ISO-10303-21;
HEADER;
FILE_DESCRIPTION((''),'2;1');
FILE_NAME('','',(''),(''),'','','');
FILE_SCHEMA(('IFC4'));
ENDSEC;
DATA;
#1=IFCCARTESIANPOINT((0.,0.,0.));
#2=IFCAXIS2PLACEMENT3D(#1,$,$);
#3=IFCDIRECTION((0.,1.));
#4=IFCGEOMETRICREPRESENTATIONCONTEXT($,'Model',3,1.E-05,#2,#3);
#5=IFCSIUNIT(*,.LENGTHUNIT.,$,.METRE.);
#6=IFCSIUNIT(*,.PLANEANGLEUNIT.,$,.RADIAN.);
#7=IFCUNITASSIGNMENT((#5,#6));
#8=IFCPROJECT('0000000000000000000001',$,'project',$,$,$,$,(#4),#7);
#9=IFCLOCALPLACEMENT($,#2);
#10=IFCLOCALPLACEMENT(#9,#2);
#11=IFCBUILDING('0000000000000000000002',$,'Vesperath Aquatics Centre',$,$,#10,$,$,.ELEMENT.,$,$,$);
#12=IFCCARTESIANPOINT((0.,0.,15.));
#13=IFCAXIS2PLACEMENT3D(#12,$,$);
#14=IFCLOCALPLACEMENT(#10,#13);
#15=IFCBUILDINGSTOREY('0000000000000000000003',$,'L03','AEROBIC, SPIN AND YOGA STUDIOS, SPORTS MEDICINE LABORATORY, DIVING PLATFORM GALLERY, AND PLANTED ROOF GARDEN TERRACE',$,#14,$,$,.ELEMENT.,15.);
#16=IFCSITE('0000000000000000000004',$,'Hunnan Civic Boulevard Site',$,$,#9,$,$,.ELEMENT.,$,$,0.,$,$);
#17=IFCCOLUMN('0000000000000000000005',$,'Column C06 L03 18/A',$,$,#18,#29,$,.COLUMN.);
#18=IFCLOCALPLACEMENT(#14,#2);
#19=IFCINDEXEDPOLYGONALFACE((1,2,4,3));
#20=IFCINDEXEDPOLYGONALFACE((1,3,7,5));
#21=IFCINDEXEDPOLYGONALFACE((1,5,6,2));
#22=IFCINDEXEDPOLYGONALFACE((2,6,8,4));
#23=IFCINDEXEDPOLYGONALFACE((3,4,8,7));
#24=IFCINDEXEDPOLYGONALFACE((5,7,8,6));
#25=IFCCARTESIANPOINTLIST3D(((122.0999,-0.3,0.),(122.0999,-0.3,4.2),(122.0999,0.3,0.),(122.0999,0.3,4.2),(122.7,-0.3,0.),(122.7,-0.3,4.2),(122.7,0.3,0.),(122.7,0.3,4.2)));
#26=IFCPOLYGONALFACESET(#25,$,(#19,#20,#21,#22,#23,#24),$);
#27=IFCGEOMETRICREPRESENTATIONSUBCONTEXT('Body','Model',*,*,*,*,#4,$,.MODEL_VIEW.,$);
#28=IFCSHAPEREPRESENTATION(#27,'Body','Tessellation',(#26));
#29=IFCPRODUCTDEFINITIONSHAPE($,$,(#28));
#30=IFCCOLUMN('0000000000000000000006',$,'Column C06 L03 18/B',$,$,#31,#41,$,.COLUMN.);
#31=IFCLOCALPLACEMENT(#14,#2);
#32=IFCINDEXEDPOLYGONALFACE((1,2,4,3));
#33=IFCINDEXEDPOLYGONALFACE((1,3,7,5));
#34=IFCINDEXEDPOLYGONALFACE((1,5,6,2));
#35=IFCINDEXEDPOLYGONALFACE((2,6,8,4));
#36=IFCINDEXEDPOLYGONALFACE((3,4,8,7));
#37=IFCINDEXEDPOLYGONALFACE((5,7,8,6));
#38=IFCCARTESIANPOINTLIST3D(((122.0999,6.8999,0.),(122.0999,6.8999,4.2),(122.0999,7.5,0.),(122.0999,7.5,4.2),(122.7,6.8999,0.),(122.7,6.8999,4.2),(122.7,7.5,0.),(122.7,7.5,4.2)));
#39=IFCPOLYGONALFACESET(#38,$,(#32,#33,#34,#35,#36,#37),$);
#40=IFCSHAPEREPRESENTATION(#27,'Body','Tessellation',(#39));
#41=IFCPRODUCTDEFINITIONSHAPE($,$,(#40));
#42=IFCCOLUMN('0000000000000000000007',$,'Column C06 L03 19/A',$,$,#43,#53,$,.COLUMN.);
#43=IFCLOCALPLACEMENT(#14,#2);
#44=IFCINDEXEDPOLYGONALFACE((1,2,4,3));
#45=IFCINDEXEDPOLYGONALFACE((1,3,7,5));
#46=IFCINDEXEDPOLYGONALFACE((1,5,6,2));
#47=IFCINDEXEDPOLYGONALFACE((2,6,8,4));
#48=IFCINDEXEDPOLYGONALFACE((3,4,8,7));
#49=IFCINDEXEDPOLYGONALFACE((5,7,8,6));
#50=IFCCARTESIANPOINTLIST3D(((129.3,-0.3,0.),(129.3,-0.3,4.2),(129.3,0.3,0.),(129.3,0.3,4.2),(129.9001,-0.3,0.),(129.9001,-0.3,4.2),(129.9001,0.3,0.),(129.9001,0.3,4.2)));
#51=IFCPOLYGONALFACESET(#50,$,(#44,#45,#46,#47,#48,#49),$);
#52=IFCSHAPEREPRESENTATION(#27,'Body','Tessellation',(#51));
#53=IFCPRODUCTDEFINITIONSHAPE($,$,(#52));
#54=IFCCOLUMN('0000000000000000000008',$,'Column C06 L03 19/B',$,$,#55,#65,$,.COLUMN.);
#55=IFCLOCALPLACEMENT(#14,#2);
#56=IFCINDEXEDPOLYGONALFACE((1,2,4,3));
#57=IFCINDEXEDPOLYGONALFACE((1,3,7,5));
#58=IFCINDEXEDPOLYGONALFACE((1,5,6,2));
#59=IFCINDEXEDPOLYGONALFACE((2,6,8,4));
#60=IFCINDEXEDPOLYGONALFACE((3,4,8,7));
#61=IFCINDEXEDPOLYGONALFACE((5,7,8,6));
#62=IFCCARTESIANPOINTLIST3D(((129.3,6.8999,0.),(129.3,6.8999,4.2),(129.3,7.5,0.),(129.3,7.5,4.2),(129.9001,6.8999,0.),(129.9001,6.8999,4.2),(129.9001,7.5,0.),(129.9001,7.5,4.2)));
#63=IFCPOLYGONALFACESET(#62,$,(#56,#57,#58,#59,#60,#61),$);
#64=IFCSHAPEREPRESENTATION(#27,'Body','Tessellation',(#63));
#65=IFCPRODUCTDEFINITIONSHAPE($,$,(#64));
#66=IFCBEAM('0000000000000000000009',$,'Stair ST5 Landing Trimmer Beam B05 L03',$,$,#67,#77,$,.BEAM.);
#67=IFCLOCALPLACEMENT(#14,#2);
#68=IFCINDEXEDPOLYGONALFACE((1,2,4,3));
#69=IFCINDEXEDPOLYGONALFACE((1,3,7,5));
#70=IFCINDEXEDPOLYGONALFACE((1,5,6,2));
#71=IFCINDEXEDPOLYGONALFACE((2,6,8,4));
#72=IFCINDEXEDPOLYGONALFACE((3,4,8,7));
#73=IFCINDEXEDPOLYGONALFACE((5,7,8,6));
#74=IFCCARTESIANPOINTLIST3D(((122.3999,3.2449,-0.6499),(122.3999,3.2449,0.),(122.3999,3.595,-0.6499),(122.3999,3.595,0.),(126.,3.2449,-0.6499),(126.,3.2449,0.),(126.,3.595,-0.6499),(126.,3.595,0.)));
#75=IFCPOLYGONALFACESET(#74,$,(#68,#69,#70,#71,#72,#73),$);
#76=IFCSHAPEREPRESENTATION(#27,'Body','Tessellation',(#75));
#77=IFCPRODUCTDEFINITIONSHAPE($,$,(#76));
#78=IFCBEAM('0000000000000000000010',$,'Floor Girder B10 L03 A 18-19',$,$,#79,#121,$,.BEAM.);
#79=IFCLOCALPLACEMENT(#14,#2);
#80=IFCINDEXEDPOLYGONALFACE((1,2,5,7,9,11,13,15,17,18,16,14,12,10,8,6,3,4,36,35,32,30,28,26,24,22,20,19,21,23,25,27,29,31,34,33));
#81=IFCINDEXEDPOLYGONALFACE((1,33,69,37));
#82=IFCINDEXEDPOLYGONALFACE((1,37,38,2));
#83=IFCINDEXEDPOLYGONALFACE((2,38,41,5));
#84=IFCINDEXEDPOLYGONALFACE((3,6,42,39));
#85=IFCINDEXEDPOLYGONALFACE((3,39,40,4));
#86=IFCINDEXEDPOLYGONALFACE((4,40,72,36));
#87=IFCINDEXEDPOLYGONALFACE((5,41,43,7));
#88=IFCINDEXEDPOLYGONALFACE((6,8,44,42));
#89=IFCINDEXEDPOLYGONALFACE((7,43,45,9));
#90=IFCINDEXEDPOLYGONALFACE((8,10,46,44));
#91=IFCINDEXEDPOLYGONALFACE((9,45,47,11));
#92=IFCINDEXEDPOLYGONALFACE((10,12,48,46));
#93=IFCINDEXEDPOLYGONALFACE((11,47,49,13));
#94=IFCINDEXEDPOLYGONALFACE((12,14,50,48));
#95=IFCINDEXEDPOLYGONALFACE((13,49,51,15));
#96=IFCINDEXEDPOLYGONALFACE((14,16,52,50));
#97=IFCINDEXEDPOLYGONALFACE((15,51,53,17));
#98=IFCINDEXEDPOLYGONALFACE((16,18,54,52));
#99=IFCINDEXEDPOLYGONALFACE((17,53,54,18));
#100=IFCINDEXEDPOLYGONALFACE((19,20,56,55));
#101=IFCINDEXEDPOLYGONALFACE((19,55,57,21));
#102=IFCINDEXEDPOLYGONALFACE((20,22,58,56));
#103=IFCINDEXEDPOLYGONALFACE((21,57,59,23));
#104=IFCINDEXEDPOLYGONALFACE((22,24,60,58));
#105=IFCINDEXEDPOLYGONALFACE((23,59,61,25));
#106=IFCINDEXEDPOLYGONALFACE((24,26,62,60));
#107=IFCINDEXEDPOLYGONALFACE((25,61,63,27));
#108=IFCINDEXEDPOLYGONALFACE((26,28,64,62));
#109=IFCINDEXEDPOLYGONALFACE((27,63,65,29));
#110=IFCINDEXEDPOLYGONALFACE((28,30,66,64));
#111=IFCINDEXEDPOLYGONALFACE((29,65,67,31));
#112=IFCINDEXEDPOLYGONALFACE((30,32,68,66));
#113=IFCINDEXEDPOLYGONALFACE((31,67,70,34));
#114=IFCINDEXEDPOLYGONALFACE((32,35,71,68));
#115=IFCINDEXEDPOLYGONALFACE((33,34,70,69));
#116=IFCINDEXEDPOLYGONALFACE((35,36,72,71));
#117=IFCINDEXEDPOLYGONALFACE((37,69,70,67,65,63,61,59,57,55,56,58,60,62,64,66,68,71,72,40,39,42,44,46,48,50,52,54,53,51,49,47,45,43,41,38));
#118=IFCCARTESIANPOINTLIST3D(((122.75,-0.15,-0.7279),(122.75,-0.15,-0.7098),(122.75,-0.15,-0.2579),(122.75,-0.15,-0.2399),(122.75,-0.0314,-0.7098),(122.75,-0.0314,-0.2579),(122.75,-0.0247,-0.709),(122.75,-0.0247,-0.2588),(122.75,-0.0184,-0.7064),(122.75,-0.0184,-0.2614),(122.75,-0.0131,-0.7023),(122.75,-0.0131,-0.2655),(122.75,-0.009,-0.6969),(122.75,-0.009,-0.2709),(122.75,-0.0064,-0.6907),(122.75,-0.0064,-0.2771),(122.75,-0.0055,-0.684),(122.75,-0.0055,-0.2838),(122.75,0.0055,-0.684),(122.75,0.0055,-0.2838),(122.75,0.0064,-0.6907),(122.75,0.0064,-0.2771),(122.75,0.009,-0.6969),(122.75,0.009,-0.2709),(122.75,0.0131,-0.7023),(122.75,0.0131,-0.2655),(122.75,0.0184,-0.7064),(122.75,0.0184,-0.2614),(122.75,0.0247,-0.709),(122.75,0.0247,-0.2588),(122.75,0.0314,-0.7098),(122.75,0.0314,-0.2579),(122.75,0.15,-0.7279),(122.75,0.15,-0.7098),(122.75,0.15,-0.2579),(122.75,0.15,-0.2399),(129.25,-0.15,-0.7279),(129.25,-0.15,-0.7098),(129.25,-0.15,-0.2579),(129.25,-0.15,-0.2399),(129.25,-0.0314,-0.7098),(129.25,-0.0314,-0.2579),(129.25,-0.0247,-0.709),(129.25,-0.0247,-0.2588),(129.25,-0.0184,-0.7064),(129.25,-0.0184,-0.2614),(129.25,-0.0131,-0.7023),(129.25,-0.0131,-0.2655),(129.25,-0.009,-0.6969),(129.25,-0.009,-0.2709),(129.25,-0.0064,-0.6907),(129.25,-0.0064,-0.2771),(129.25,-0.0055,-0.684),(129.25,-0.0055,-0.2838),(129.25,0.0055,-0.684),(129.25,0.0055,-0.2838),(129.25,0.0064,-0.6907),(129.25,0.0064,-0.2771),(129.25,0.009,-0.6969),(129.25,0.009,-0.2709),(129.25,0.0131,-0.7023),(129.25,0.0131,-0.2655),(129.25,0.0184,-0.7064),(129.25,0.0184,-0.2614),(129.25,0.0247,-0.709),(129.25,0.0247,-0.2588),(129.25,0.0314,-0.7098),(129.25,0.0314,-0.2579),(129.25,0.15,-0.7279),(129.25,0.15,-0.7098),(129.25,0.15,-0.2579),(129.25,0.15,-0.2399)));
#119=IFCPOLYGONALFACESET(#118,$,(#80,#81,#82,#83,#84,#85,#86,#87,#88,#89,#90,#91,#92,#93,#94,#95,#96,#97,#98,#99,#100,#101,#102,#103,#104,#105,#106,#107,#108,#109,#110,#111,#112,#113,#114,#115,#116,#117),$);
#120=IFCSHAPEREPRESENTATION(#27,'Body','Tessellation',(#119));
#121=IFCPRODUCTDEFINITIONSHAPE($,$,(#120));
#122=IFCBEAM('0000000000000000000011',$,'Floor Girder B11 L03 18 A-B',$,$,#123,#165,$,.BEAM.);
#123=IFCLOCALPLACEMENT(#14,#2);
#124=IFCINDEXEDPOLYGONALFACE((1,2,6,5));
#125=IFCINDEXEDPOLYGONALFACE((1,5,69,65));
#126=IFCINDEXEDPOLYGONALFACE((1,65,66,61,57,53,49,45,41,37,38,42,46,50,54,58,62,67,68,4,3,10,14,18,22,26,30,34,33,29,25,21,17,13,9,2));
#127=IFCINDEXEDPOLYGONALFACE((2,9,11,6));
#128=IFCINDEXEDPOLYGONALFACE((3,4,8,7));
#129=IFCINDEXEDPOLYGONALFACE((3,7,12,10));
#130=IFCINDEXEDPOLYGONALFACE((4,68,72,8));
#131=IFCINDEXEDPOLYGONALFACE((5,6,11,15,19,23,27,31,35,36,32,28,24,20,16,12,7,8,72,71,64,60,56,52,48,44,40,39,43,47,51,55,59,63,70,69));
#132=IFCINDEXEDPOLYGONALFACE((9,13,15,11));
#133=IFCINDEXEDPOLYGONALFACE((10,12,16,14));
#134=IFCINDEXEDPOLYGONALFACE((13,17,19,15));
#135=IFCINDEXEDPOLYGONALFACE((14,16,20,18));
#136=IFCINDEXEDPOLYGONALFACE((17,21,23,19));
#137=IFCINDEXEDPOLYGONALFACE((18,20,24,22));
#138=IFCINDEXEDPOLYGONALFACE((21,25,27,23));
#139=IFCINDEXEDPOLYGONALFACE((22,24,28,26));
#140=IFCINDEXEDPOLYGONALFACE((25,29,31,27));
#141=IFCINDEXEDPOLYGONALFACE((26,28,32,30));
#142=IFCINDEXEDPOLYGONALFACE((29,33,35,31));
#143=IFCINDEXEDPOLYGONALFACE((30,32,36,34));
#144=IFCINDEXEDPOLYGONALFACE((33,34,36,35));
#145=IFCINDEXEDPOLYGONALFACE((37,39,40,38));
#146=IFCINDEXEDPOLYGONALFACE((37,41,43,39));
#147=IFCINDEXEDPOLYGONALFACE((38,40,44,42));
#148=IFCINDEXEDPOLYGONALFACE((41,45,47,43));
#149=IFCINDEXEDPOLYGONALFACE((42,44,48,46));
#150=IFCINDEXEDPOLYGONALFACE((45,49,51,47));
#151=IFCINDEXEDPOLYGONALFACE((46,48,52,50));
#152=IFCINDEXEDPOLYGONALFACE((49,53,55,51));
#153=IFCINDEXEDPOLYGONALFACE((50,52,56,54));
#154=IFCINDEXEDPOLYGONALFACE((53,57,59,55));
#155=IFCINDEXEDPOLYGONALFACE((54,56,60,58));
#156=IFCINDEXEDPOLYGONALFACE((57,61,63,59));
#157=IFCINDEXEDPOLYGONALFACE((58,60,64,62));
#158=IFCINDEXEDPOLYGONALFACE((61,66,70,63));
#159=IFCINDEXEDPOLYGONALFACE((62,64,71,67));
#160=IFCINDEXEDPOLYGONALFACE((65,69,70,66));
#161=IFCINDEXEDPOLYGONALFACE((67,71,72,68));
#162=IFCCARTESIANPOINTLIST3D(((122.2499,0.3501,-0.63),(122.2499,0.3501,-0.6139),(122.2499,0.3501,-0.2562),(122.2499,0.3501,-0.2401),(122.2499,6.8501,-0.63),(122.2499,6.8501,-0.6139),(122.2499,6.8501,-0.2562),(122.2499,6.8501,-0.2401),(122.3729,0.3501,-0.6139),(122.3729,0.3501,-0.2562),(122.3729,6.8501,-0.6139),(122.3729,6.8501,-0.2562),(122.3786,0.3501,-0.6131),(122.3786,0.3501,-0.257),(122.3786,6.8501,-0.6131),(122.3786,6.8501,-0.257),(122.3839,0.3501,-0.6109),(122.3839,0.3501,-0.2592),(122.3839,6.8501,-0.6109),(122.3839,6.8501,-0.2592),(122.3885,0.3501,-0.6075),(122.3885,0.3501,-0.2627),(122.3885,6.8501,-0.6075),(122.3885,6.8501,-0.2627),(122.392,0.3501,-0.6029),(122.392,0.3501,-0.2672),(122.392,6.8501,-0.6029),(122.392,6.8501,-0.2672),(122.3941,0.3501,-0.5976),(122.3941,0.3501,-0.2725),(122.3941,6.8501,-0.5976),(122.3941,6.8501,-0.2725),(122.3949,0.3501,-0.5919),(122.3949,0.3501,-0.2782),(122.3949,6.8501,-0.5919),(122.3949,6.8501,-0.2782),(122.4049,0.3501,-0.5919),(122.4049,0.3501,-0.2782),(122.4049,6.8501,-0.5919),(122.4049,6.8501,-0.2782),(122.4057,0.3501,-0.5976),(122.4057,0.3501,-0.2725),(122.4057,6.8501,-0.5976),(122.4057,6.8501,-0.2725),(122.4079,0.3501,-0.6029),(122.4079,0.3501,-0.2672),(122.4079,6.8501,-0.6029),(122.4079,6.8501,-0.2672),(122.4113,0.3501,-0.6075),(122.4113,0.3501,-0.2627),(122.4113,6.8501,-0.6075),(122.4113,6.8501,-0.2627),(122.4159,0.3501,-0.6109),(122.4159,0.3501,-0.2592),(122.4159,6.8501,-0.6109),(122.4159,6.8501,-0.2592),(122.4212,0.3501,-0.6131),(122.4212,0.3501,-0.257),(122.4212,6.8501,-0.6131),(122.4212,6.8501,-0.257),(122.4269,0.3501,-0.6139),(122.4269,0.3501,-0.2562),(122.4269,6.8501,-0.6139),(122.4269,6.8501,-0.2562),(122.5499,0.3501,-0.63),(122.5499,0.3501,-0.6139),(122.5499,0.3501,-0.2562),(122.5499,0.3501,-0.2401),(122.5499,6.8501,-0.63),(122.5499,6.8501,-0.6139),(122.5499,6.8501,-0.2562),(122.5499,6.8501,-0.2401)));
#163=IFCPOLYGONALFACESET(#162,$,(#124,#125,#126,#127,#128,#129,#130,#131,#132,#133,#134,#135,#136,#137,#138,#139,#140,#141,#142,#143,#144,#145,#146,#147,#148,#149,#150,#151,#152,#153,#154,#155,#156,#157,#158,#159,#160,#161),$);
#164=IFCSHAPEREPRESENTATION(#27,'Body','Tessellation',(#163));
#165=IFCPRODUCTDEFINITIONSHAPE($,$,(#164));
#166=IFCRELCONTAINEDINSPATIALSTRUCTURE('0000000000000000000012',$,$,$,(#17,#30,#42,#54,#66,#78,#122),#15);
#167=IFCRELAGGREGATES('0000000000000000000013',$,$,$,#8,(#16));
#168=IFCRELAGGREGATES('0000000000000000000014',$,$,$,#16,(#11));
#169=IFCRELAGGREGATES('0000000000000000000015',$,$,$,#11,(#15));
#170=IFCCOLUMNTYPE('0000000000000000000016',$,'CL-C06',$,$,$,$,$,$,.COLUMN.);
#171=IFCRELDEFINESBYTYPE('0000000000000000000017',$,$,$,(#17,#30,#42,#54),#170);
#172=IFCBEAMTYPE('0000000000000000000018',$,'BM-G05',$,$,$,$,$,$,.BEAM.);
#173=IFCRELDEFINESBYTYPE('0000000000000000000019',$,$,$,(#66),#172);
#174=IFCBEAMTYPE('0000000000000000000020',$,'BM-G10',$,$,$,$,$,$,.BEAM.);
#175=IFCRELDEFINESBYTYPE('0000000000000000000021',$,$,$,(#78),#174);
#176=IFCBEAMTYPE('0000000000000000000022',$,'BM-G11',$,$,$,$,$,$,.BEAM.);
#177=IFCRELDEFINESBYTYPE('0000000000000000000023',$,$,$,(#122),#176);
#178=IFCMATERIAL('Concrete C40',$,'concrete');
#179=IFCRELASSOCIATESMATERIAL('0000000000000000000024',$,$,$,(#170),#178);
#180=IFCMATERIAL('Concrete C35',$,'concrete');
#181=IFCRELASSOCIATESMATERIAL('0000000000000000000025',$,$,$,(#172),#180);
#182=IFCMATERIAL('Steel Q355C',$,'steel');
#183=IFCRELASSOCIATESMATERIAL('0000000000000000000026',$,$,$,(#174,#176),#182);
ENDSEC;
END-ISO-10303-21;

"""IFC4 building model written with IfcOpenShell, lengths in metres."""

from ifc_helpers import new_model, si_unit, direction, frame, origin, origin_2d, place, context, subcontext, project, spatial, rectangle, i_section, extrude, material, material_profile, profile_set, type_object, element, save


model = new_model("IFC4")

# Units and contexts
model_context = context("Model", 3, precision=1e-05, world=origin(), true_north=direction((0.0, 1.0)))
body_context = subcontext(model_context, "Body", "Model", "MODEL_VIEW")
ifc_project = project(units=[si_unit("LENGTHUNIT", "METRE"), si_unit("PLANEANGLEUNIT", "RADIAN")], contexts=[model_context])

# Site, building, storey
site_placement = place(None, origin())
site = spatial("IfcSite", under=ifc_project, at=site_placement, Name="Hunnan Civic Boulevard Site", CompositionType="ELEMENT", RefElevation=0.0)
building_placement = place(site_placement, origin())
building = spatial("IfcBuilding", under=site, at=building_placement, Name="Vesperath Aquatics Centre", CompositionType="ELEMENT")
storey_placement = place(building_placement, frame((0.0, 0.0, 15.0)))
storey = spatial("IfcBuildingStorey", under=building, at=storey_placement, Name="L03", Description="AEROBIC, SPIN AND YOGA STUDIOS, SPORTS MEDICINE LABORATORY, DIVING PLATFORM GALLERY, AND PLANTED ROOF GARDEN TERRACE", CompositionType="ELEMENT", Elevation=15.0)

# Columns
ifc_material_1 = material(Name="Concrete C40", Category="concrete")
ifc_material_profile_1 = material_profile(ifc_material_1, rectangle(XDim=0.6001, YDim=0.6001, at=origin_2d()), Name="RC 600x600")
ifc_profile_set_1 = profile_set([ifc_material_profile_1], Name="Concrete C40")
column_type = type_object("IfcColumnType", Name="CL-C06", PredefinedType="COLUMN", material=ifc_profile_set_1)
for number, where, z_axis, x_axis, name in (
    (1, (122.3999, 0.0, 0.0), (0.0, 0.0, 1.0), (1.0, 0.0, 0.0), "Column C06 L03 18/A"),
    (2, (122.3999, 7.2, 0.0), (0.0, 0.0, 1.0), (1.0, 0.0, 0.0), "Column C06 L03 18/B"),
    (3, (129.6001, 0.0, 0.0), (0.0, 0.0, 1.0), (1.0, 0.0, 0.0), "Column C06 L03 19/A"),
    (4, (129.6001, 7.2, 0.0), (0.0, 0.0, 1.0), (1.0, 0.0, 0.0), "Column C06 L03 19/B"),
):
    element("IfcColumn", number, at=place(storey_placement, frame(where, z_axis=z_axis, x_axis=x_axis)), inside=storey, type_object=column_type, Name=name, PredefinedType="COLUMN", context=body_context, shape_type="SweptSolid", body=[
        extrude(rectangle(XDim=0.6001, YDim=0.6001, at=origin_2d()), origin(), (0.0, 0.0, 1.0), 4.2),
    ])

# Beams
ifc_material_2 = material(Name="Concrete C35", Category="concrete")
ifc_material_profile_2 = material_profile(ifc_material_2, rectangle(XDim=0.3501, YDim=0.6499, at=origin_2d()), Name="RC 350x650")
ifc_profile_set_2 = profile_set([ifc_material_profile_2], Name="Concrete C35")
beam_type_1 = type_object("IfcBeamType", Name="BM-G05", PredefinedType="BEAM", material=ifc_profile_set_2)
beam_1_placement = place(storey_placement, frame((122.3999, 3.4199, -0.325), z_axis=(1.0, 0.0, 0.0), x_axis=(0.0, 1.0, 0.0)))
element("IfcBeam", 5, at=beam_1_placement, inside=storey, type_object=beam_type_1, Name="Stair ST5 Landing Trimmer Beam B05 L03", PredefinedType="BEAM", context=body_context, shape_type="SweptSolid", body=[
    extrude(rectangle(XDim=0.3501, YDim=0.6499, at=origin_2d()), origin(), (0.0, 0.0, 1.0), 3.6001),
])
ifc_material_3 = material(Name="Steel Q355C", Category="steel")
ifc_material_profile_3 = material_profile(ifc_material_3, i_section(OverallWidth=0.3, OverallDepth=0.488, WebThickness=0.011, FlangeThickness=0.0181, FilletRadius=0.0259, at=origin_2d()), Name="HM 488x300x11x18")
ifc_profile_set_3 = profile_set([ifc_material_profile_3], Name="Steel Q355C")
beam_type_2 = type_object("IfcBeamType", Name="BM-G10", PredefinedType="BEAM", material=ifc_profile_set_3)
beam_2_placement = place(storey_placement, frame((122.75, 0.0, -0.4839), z_axis=(1.0, 0.0, 0.0), x_axis=(0.0, 1.0, 0.0)))
element("IfcBeam", 6, at=beam_2_placement, inside=storey, type_object=beam_type_2, Name="Floor Girder B10 L03 A 18-19", PredefinedType="BEAM", context=body_context, shape_type="SweptSolid", body=[
    extrude(i_section(OverallWidth=0.3, OverallDepth=0.488, WebThickness=0.011, FlangeThickness=0.0181, FilletRadius=0.0259, at=origin_2d()), origin(), (0.0, 0.0, 1.0), 6.5),
])
ifc_material_profile_4 = material_profile(ifc_material_3, i_section(OverallWidth=0.3, OverallDepth=0.3899, WebThickness=0.01, FlangeThickness=0.0161, FilletRadius=0.022, at=origin_2d()), Name="HM 390x300x10x16")
ifc_profile_set_4 = profile_set([ifc_material_profile_4], Name="Steel Q355C")
beam_type_3 = type_object("IfcBeamType", Name="BM-G11", PredefinedType="BEAM", material=ifc_profile_set_4)
for number, where, z_axis, x_axis, name in (
    (7, (122.3999, 0.3501, -0.4351), (0.0, 1.0, 0.0), (-1.0, 0.0, 0.0), "Floor Girder B11 L03 18 A-B"),
):
    element("IfcBeam", number, at=place(storey_placement, frame(where, z_axis=z_axis, x_axis=x_axis)), inside=storey, type_object=beam_type_3, Name=name, PredefinedType="BEAM", context=body_context, shape_type="SweptSolid", body=[
        extrude(i_section(OverallWidth=0.3, OverallDepth=0.3899, WebThickness=0.01, FlangeThickness=0.0161, FilletRadius=0.022, at=origin_2d()), origin(), (0.0, 0.0, 1.0), 6.5),
    ])

save(model, "model.ifc")
